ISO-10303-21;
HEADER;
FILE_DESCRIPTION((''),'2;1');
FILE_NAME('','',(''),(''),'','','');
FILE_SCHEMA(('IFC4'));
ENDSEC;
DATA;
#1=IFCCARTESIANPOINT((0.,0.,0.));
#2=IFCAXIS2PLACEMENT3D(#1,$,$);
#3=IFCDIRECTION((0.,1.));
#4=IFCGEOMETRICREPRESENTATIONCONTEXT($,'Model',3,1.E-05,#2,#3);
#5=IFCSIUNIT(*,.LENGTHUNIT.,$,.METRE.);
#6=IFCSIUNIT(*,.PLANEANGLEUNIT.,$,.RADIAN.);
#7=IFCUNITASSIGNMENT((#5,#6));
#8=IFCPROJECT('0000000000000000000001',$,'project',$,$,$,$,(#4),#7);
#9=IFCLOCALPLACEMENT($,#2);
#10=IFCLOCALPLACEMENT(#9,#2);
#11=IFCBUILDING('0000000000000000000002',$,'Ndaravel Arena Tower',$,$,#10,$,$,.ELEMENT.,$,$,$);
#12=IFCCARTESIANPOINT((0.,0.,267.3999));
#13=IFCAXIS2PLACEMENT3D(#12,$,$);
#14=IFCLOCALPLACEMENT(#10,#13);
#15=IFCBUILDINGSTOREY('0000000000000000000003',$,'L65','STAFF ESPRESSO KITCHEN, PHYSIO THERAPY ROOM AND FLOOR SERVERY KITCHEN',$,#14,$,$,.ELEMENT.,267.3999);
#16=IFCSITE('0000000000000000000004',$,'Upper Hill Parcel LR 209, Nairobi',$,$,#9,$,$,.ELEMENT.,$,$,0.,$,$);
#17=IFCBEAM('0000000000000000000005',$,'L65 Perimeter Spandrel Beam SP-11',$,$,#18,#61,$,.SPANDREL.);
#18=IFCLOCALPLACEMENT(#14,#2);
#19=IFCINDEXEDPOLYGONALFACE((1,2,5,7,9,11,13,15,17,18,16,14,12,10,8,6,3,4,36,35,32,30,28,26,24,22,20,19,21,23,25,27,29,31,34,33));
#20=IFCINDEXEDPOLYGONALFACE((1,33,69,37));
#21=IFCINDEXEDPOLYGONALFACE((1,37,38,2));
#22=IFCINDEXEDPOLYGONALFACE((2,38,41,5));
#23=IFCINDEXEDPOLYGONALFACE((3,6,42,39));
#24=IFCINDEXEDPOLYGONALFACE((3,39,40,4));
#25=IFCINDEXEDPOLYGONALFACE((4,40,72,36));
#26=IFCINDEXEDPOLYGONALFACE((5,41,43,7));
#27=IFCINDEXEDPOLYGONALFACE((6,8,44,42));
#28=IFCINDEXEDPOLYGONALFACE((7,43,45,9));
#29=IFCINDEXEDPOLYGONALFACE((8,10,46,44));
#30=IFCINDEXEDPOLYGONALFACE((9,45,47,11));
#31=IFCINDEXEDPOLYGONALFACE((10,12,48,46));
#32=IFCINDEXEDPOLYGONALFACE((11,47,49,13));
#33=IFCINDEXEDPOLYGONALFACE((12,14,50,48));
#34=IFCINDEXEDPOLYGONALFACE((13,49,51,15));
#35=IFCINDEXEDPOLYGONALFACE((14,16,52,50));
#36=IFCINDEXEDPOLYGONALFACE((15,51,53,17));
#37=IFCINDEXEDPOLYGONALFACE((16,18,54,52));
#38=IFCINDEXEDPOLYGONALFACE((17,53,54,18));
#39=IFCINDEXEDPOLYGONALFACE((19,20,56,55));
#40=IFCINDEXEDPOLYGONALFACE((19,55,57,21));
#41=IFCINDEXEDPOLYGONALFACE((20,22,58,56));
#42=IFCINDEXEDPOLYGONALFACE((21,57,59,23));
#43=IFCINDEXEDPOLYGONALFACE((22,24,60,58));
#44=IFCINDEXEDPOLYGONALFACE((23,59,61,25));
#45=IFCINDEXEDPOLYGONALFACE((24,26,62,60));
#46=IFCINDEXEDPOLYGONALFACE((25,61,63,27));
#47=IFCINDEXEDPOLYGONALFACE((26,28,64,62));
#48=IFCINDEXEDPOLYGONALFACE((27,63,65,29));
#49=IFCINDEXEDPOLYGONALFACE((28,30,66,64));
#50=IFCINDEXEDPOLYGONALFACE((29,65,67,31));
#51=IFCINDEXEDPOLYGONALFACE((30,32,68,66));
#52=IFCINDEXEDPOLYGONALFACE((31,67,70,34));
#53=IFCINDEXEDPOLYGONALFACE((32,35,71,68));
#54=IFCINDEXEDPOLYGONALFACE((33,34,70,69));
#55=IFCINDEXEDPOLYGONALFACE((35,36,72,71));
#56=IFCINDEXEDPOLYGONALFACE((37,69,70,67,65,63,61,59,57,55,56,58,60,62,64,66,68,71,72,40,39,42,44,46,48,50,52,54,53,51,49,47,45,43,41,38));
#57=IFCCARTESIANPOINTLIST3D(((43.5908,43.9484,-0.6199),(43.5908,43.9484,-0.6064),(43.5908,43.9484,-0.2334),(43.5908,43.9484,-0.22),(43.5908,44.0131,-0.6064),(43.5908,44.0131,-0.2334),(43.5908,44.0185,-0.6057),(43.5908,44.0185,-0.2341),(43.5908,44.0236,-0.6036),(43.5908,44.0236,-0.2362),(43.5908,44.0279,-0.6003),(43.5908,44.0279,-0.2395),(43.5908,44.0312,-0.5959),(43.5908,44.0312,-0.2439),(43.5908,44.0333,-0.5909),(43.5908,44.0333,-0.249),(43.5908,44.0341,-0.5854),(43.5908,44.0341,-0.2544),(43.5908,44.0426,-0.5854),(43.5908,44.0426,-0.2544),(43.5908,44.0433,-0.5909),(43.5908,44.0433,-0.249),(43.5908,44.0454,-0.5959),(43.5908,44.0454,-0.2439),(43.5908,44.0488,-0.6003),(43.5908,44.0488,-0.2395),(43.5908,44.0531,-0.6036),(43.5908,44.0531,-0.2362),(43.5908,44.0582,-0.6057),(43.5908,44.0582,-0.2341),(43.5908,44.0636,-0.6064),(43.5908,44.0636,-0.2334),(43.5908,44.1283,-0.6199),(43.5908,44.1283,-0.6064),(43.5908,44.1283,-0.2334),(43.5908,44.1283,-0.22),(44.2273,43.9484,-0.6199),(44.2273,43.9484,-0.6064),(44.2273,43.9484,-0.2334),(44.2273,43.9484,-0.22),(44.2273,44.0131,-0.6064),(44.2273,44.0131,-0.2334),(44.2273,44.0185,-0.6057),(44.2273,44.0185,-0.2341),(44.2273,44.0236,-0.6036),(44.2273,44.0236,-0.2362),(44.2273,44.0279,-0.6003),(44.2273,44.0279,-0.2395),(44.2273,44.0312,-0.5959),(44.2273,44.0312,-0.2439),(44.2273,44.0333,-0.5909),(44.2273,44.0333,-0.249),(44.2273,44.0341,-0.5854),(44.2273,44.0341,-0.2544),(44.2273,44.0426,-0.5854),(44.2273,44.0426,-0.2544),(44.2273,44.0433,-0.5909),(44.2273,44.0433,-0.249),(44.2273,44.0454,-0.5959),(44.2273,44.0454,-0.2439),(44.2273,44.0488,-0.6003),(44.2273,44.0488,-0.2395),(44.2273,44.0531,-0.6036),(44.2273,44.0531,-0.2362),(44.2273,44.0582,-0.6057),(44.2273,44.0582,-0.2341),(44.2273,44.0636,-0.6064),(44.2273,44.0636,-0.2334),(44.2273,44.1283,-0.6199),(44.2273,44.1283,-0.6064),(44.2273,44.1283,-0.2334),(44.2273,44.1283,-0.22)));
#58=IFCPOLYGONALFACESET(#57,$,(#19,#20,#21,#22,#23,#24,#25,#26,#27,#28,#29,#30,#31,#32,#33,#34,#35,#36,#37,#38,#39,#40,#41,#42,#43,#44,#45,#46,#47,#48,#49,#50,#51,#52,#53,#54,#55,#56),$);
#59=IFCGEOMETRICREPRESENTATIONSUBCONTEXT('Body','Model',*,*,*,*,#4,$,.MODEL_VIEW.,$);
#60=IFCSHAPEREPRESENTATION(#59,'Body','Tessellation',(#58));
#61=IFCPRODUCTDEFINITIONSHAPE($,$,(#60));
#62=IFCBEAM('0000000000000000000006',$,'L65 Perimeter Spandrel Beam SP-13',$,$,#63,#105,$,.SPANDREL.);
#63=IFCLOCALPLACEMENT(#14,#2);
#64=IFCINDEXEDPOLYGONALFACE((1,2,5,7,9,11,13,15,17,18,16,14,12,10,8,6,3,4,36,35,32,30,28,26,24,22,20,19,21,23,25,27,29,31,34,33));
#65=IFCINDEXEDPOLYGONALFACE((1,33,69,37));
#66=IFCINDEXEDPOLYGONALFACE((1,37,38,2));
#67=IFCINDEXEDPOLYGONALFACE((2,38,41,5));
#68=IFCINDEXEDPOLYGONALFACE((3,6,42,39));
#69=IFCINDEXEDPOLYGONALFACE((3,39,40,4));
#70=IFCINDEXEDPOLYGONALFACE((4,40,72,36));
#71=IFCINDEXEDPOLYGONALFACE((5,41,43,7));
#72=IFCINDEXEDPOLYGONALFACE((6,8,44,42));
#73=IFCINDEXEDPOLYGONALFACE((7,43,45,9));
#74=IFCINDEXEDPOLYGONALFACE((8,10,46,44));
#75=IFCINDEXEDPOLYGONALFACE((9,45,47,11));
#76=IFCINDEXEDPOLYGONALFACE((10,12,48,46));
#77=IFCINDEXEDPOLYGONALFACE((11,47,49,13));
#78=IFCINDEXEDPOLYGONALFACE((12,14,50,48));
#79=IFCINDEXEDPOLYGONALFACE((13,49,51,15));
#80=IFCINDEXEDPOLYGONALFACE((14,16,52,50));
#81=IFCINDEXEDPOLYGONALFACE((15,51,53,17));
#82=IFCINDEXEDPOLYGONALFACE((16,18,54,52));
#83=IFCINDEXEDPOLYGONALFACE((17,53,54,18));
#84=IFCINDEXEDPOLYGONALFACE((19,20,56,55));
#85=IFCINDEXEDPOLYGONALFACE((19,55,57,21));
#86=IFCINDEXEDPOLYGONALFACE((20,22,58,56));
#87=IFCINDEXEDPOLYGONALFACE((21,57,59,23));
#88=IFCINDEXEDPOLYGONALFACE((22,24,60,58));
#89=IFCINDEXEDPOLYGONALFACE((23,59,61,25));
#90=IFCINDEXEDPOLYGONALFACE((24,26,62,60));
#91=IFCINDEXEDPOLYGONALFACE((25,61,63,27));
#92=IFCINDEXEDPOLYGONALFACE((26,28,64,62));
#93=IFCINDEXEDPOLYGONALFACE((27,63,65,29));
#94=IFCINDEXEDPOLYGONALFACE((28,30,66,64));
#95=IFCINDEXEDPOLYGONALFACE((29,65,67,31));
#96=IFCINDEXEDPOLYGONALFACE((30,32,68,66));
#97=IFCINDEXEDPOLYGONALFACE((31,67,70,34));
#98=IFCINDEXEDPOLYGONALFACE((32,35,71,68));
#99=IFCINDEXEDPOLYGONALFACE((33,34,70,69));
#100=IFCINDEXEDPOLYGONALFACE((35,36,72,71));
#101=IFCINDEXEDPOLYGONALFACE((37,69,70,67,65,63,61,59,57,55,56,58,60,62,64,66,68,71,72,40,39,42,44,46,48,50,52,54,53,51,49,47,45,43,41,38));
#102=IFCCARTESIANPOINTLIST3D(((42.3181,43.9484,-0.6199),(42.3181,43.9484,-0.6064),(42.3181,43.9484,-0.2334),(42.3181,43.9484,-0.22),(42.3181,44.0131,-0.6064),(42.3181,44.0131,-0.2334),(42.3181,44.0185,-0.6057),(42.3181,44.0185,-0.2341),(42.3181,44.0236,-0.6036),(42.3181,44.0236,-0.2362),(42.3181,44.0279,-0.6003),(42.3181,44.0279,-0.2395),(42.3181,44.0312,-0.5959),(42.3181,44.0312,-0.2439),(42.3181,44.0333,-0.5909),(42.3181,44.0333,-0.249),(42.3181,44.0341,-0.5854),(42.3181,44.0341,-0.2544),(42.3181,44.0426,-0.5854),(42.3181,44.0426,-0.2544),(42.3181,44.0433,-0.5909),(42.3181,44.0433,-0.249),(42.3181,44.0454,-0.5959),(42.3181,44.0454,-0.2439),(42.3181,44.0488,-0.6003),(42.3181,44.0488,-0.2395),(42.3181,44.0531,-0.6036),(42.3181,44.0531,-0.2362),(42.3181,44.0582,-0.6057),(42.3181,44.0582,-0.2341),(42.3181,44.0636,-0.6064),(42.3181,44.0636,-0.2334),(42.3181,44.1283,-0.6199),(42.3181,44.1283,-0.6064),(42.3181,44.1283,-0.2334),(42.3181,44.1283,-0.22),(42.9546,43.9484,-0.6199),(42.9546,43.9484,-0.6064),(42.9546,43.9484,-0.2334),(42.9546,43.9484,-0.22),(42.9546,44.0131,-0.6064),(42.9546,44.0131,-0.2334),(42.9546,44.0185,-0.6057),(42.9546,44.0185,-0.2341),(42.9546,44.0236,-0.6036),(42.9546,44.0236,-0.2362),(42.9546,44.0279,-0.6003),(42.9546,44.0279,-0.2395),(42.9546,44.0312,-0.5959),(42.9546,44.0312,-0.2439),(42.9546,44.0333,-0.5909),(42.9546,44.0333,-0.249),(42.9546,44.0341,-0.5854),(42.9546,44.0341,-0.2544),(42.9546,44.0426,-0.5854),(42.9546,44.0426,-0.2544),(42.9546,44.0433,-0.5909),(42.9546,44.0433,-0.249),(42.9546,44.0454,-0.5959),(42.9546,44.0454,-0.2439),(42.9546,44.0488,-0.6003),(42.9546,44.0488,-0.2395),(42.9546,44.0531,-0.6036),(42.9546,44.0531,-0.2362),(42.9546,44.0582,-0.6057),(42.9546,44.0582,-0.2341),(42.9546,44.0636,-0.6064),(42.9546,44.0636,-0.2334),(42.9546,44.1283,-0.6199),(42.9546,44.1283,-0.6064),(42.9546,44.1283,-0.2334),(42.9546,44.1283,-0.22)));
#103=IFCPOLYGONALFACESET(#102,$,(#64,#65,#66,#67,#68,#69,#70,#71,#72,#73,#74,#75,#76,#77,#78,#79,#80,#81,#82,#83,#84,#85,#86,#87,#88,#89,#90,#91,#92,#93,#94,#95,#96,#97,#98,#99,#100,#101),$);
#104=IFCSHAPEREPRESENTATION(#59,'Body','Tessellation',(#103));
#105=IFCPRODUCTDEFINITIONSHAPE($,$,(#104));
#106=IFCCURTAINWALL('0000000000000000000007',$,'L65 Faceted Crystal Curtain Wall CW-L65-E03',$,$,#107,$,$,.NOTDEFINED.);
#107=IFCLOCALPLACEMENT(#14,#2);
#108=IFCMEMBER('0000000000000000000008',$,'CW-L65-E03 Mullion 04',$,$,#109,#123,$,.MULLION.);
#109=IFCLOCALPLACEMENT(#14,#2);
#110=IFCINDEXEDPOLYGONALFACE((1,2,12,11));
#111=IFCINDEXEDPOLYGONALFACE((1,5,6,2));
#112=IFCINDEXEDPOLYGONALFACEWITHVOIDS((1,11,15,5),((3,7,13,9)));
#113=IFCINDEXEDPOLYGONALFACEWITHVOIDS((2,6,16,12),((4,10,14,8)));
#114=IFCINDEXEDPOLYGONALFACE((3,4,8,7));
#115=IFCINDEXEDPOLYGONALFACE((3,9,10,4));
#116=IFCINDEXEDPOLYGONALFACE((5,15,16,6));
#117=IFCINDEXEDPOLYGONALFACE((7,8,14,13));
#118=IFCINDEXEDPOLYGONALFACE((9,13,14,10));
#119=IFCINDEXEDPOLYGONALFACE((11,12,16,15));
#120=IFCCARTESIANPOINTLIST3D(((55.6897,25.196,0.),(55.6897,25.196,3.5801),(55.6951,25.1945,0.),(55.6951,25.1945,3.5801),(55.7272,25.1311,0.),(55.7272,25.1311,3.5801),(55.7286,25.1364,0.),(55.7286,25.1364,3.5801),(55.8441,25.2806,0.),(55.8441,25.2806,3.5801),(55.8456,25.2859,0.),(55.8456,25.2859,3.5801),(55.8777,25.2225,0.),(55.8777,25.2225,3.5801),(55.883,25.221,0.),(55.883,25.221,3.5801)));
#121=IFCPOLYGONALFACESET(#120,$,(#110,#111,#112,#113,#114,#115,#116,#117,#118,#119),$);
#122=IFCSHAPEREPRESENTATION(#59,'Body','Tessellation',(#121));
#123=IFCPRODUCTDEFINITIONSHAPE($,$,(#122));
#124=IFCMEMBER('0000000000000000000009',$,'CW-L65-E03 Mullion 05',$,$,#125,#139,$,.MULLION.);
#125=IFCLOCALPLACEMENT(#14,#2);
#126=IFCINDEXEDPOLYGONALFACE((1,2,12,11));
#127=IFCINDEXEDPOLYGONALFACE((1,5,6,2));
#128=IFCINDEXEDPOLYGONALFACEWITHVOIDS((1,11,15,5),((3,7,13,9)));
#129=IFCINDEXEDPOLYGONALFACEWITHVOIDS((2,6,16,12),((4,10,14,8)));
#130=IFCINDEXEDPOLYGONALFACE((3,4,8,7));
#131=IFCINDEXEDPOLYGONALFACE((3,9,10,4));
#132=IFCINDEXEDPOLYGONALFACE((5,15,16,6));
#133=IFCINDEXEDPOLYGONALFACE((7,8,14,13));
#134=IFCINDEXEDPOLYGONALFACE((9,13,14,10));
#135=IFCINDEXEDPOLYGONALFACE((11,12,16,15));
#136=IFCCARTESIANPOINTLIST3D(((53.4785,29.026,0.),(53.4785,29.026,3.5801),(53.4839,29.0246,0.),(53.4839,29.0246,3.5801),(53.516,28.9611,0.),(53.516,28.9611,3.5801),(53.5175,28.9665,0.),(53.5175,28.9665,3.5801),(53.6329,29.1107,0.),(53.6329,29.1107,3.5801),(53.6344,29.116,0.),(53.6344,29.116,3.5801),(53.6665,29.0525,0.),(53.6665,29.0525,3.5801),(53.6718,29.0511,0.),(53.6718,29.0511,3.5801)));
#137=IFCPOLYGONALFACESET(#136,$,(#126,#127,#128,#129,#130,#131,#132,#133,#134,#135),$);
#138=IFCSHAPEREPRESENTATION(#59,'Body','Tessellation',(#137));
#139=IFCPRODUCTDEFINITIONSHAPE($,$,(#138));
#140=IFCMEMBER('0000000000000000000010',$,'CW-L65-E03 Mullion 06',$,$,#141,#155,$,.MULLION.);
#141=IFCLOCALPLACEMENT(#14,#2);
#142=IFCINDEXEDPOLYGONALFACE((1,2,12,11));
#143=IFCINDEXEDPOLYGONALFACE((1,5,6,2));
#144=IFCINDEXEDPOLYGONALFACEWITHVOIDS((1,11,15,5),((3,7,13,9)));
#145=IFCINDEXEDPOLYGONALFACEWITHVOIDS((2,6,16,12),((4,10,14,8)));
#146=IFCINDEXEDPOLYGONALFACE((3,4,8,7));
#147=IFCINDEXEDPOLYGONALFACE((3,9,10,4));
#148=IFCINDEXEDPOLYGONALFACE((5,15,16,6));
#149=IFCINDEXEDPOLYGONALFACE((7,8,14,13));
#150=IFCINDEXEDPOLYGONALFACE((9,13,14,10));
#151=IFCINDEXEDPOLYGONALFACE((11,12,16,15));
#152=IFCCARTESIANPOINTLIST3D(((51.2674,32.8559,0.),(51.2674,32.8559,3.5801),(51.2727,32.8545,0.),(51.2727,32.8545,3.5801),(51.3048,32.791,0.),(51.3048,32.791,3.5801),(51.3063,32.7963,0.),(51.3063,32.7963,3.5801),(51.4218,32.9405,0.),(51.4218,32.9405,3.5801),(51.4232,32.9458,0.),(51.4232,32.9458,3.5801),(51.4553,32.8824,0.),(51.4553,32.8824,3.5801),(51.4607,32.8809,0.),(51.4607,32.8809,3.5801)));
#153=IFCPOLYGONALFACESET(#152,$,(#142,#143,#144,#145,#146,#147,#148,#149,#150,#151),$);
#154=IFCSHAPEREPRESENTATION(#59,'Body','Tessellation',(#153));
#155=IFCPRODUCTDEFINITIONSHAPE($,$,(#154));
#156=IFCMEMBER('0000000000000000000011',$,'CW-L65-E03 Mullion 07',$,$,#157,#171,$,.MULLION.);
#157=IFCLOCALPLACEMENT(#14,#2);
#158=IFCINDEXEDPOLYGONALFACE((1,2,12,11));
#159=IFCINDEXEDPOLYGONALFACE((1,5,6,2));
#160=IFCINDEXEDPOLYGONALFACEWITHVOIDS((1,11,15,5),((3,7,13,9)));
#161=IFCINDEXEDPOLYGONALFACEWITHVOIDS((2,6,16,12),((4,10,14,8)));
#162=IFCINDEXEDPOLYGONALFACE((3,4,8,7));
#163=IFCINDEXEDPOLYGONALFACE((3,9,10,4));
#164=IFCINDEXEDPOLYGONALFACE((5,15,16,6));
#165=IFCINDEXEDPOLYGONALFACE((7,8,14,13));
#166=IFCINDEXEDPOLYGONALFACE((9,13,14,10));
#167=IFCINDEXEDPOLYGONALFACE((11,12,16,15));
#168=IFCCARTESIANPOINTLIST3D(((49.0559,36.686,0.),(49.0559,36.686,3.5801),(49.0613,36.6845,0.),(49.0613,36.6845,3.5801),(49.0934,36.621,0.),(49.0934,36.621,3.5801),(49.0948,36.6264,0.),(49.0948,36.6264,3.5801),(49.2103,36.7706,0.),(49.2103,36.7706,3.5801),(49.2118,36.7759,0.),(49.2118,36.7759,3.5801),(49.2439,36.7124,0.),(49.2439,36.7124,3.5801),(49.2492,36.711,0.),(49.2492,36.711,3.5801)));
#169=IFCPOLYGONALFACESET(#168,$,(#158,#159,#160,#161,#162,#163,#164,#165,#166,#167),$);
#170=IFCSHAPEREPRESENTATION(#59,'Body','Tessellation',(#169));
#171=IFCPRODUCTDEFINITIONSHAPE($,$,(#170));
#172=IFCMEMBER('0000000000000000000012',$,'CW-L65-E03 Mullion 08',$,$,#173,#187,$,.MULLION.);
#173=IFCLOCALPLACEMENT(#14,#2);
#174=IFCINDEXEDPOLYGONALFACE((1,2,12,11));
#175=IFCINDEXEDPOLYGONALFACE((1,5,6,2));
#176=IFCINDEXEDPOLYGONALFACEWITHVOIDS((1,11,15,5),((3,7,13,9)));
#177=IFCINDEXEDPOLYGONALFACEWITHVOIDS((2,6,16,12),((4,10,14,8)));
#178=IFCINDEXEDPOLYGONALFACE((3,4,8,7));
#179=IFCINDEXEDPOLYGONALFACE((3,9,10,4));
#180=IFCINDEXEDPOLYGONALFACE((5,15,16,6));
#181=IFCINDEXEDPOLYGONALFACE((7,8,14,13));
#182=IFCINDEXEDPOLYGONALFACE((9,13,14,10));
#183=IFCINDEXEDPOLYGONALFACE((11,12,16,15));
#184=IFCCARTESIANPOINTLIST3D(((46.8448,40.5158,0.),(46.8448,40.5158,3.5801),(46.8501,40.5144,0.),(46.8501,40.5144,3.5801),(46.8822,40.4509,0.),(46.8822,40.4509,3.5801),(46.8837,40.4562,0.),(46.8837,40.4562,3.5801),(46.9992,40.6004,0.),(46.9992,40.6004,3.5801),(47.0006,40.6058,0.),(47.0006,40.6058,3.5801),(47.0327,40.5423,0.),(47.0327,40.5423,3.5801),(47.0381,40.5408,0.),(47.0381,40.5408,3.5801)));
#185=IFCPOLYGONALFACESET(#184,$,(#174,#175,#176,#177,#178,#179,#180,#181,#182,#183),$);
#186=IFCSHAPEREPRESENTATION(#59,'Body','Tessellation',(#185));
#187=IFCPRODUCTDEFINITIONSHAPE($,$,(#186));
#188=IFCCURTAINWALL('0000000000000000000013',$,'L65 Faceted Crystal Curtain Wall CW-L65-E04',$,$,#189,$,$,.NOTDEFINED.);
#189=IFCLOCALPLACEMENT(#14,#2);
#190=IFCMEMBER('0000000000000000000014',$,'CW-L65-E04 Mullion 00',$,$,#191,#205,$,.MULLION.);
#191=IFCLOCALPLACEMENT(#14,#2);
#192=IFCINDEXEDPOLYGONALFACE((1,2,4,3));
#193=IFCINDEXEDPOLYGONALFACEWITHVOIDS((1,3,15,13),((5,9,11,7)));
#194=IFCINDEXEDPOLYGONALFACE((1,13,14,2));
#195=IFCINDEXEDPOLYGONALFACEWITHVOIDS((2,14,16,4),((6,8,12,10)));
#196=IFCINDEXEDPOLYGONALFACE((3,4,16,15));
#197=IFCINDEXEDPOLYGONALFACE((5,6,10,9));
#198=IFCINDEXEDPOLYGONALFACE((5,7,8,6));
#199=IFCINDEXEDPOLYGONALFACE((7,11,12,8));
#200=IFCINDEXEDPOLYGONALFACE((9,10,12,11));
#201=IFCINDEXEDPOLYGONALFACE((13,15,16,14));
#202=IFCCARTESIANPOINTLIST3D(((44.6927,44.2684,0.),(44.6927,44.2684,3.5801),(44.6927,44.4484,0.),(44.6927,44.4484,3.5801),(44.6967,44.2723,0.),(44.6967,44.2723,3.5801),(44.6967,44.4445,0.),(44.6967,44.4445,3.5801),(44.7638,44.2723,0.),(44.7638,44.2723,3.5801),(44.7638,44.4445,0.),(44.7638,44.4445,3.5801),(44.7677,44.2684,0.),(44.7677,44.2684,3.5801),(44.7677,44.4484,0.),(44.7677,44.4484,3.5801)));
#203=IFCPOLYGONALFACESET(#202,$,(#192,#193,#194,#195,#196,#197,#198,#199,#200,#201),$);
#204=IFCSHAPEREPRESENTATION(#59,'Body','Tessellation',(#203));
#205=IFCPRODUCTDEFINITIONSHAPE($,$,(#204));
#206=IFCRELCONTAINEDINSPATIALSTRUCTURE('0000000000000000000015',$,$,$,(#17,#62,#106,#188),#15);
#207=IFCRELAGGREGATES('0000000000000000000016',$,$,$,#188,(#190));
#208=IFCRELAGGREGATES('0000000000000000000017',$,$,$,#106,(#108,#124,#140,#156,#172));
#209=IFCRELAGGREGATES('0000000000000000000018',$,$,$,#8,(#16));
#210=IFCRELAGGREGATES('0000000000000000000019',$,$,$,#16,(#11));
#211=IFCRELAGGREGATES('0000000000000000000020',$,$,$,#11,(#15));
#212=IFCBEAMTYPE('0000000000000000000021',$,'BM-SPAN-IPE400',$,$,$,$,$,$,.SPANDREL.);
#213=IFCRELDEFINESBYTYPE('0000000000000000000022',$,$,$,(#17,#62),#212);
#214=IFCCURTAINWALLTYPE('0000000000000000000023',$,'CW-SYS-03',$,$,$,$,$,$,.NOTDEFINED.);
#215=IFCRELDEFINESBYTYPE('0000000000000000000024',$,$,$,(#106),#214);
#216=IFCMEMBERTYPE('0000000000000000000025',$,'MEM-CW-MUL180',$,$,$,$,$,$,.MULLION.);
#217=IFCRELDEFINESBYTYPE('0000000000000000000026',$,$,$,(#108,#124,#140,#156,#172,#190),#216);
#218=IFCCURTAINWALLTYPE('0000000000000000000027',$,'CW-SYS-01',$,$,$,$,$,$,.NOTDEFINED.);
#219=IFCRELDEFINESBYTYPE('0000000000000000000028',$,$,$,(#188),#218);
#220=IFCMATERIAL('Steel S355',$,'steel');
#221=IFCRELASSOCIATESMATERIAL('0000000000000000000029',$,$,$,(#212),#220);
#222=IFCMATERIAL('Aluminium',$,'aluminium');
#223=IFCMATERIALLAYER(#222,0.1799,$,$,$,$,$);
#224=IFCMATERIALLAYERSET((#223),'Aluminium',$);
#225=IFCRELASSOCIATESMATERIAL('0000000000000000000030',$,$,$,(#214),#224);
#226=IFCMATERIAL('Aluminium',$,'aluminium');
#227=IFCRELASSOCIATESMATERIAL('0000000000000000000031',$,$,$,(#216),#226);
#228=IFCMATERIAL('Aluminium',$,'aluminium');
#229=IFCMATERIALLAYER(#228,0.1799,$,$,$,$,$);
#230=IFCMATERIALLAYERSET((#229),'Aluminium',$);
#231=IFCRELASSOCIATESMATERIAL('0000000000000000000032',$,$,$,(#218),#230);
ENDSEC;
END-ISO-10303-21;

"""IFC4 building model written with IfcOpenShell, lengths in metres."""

from ifc_helpers import new_model, si_unit, direction, frame, origin, origin_2d, place, context, subcontext, project, spatial, hollow_rectangle, i_section, extrude, material, layer, layer_set, material_profile, profile_set, type_object, element, aggregate, save


model = new_model("IFC4")

# Units and contexts
model_context = context("Model", 3, precision=1e-05, world=origin(), true_north=direction((0.0, 1.0)))
body_context = subcontext(model_context, "Body", "Model", "MODEL_VIEW")
ifc_project = project(units=[si_unit("LENGTHUNIT", "METRE"), si_unit("PLANEANGLEUNIT", "RADIAN")], contexts=[model_context])

# Site, building, storey
site_placement = place(None, origin())
site = spatial("IfcSite", under=ifc_project, at=site_placement, Name="Upper Hill Parcel LR 209, Nairobi", CompositionType="ELEMENT", RefElevation=0.0)
building_placement = place(site_placement, origin())
building = spatial("IfcBuilding", under=site, at=building_placement, Name="Ndaravel Arena Tower", CompositionType="ELEMENT")
storey_placement = place(building_placement, frame((0.0, 0.0, 267.3999)))
storey = spatial("IfcBuildingStorey", under=building, at=storey_placement, Name="L65", Description="STAFF ESPRESSO KITCHEN, PHYSIO THERAPY ROOM AND FLOOR SERVERY KITCHEN", CompositionType="ELEMENT", Elevation=267.3999)

# Beams
ifc_material_1 = material(Name="Steel S355", Category="steel")
ifc_material_profile_1 = material_profile(ifc_material_1, i_section(OverallWidth=0.1799, OverallDepth=0.3999, WebThickness=0.0085, FlangeThickness=0.0134, FilletRadius=0.021, at=origin_2d()), Name="IPE 400")
ifc_profile_set_1 = profile_set([ifc_material_profile_1], Name="Steel S355")
beam_type_1 = type_object("IfcBeamType", Name="BM-SPAN-IPE400", PredefinedType="SPANDREL", material=ifc_profile_set_1)
for number, where, z_axis, x_axis, name in (
    (1, (44.2273, 44.0383, -0.4199), (-1.0, 0.0, 0.0), (0.0, -1.0, 0.0), "L65 Perimeter Spandrel Beam SP-11"),
    (2, (42.9546, 44.0383, -0.4199), (-1.0, 0.0, 0.0), (0.0, -1.0, 0.0), "L65 Perimeter Spandrel Beam SP-13"),
):
    element("IfcBeam", number, at=place(storey_placement, frame(where, z_axis=z_axis, x_axis=x_axis)), inside=storey, type_object=beam_type_1, Name=name, PredefinedType="SPANDREL", context=body_context, shape_type="SweptSolid", body=[
        extrude(i_section(OverallWidth=0.1799, OverallDepth=0.3999, WebThickness=0.0085, FlangeThickness=0.0134, FilletRadius=0.021, at=origin_2d()), origin(), (0.0, 0.0, 1.0), 0.6365),
    ])

# Curtain walls, members
ifc_material_2 = material(Name="Aluminium", Category="aluminium")
ifc_layer_1 = layer(ifc_material_2, 0.1799)
ifc_layer_set_1 = layer_set([ifc_layer_1], Name="Aluminium")
curtain_wall_type_1 = type_object("IfcCurtainWallType", Name="CW-SYS-03", PredefinedType="NOTDEFINED", material=ifc_layer_set_1)
curtain_wall_1_placement = place(storey_placement, origin())
curtain_wall_1 = element("IfcCurtainWall", 3, at=curtain_wall_1_placement, inside=storey, type_object=curtain_wall_type_1, Name="L65 Faceted Crystal Curtain Wall CW-L65-E03", PredefinedType="NOTDEFINED")
ifc_material_3 = material(Name="Aluminium", Category="aluminium")
ifc_material_profile_2 = material_profile(ifc_material_3, hollow_rectangle(XDim=0.075, YDim=0.1799, WallThickness=0.0039, at=origin_2d()), Name="CW MULLION 75x180x4")
ifc_profile_set_2 = profile_set([ifc_material_profile_2], Name="Aluminium")
member_type_1 = type_object("IfcMemberType", Name="MEM-CW-MUL180", PredefinedType="MULLION", material=ifc_profile_set_2)
member_1_placement = place(storey_placement, frame((55.7864, 25.2085, 0.0), z_axis=(0.0, 0.0, 1.0), x_axis=(-0.5, 0.866025, 0.0)))
member_1 = element("IfcMember", 4, at=member_1_placement, type_object=member_type_1, Name="CW-L65-E03 Mullion 04", PredefinedType="MULLION", context=body_context, shape_type="SweptSolid", body=[
    extrude(hollow_rectangle(XDim=0.075, YDim=0.1799, WallThickness=0.0039, at=origin_2d()), origin(), (0.0, 0.0, 1.0), 3.5801),
])
member_2_placement = place(storey_placement, frame((53.5752, 29.0386, 0.0), z_axis=(0.0, 0.0, 1.0), x_axis=(-0.5, 0.866025, 0.0)))
member_2 = element("IfcMember", 5, at=member_2_placement, type_object=member_type_1, Name="CW-L65-E03 Mullion 05", PredefinedType="MULLION", context=body_context, shape_type="SweptSolid", body=[
    extrude(hollow_rectangle(XDim=0.075, YDim=0.1799, WallThickness=0.0039, at=origin_2d()), origin(), (0.0, 0.0, 1.0), 3.5801),
])
member_3_placement = place(storey_placement, frame((51.364, 32.8684, 0.0), z_axis=(0.0, 0.0, 1.0), x_axis=(-0.5, 0.866025, 0.0)))
member_3 = element("IfcMember", 6, at=member_3_placement, type_object=member_type_1, Name="CW-L65-E03 Mullion 06", PredefinedType="MULLION", context=body_context, shape_type="SweptSolid", body=[
    extrude(hollow_rectangle(XDim=0.075, YDim=0.1799, WallThickness=0.0039, at=origin_2d()), origin(), (0.0, 0.0, 1.0), 3.5801),
])
member_4_placement = place(storey_placement, frame((49.1526, 36.6985, 0.0), z_axis=(0.0, 0.0, 1.0), x_axis=(-0.5, 0.866025, 0.0)))
member_4 = element("IfcMember", 7, at=member_4_placement, type_object=member_type_1, Name="CW-L65-E03 Mullion 07", PredefinedType="MULLION", context=body_context, shape_type="SweptSolid", body=[
    extrude(hollow_rectangle(XDim=0.075, YDim=0.1799, WallThickness=0.0039, at=origin_2d()), origin(), (0.0, 0.0, 1.0), 3.5801),
])
member_5_placement = place(storey_placement, frame((46.9414, 40.5283, 0.0), z_axis=(0.0, 0.0, 1.0), x_axis=(-0.5, 0.866025, 0.0)))
member_5 = element("IfcMember", 8, at=member_5_placement, type_object=member_type_1, Name="CW-L65-E03 Mullion 08", PredefinedType="MULLION", context=body_context, shape_type="SweptSolid", body=[
    extrude(hollow_rectangle(XDim=0.075, YDim=0.1799, WallThickness=0.0039, at=origin_2d()), origin(), (0.0, 0.0, 1.0), 3.5801),
])
ifc_material_4 = material(Name="Aluminium", Category="aluminium")
ifc_layer_2 = layer(ifc_material_4, 0.1799)
ifc_layer_set_2 = layer_set([ifc_layer_2], Name="Aluminium")
curtain_wall_type_2 = type_object("IfcCurtainWallType", Name="CW-SYS-01", PredefinedType="NOTDEFINED", material=ifc_layer_set_2)
curtain_wall_2_placement = place(storey_placement, origin())
curtain_wall_2 = element("IfcCurtainWall", 9, at=curtain_wall_2_placement, inside=storey, type_object=curtain_wall_type_2, Name="L65 Faceted Crystal Curtain Wall CW-L65-E04", PredefinedType="NOTDEFINED")
member_6_placement = place(storey_placement, frame((44.7302, 44.3584, 0.0), z_axis=(0.0, 0.0, 1.0), x_axis=(-1.0, 0.0, 0.0)))
member_6 = element("IfcMember", 10, at=member_6_placement, type_object=member_type_1, Name="CW-L65-E04 Mullion 00", PredefinedType="MULLION", context=body_context, shape_type="SweptSolid", body=[
    extrude(hollow_rectangle(XDim=0.075, YDim=0.1799, WallThickness=0.0039, at=origin_2d()), origin(), (0.0, 0.0, 1.0), 3.5801),
])
aggregate(curtain_wall_2, [member_6])

aggregate(curtain_wall_1, [member_1, member_2, member_3, member_4, member_5])

save(model, "model.ifc")
